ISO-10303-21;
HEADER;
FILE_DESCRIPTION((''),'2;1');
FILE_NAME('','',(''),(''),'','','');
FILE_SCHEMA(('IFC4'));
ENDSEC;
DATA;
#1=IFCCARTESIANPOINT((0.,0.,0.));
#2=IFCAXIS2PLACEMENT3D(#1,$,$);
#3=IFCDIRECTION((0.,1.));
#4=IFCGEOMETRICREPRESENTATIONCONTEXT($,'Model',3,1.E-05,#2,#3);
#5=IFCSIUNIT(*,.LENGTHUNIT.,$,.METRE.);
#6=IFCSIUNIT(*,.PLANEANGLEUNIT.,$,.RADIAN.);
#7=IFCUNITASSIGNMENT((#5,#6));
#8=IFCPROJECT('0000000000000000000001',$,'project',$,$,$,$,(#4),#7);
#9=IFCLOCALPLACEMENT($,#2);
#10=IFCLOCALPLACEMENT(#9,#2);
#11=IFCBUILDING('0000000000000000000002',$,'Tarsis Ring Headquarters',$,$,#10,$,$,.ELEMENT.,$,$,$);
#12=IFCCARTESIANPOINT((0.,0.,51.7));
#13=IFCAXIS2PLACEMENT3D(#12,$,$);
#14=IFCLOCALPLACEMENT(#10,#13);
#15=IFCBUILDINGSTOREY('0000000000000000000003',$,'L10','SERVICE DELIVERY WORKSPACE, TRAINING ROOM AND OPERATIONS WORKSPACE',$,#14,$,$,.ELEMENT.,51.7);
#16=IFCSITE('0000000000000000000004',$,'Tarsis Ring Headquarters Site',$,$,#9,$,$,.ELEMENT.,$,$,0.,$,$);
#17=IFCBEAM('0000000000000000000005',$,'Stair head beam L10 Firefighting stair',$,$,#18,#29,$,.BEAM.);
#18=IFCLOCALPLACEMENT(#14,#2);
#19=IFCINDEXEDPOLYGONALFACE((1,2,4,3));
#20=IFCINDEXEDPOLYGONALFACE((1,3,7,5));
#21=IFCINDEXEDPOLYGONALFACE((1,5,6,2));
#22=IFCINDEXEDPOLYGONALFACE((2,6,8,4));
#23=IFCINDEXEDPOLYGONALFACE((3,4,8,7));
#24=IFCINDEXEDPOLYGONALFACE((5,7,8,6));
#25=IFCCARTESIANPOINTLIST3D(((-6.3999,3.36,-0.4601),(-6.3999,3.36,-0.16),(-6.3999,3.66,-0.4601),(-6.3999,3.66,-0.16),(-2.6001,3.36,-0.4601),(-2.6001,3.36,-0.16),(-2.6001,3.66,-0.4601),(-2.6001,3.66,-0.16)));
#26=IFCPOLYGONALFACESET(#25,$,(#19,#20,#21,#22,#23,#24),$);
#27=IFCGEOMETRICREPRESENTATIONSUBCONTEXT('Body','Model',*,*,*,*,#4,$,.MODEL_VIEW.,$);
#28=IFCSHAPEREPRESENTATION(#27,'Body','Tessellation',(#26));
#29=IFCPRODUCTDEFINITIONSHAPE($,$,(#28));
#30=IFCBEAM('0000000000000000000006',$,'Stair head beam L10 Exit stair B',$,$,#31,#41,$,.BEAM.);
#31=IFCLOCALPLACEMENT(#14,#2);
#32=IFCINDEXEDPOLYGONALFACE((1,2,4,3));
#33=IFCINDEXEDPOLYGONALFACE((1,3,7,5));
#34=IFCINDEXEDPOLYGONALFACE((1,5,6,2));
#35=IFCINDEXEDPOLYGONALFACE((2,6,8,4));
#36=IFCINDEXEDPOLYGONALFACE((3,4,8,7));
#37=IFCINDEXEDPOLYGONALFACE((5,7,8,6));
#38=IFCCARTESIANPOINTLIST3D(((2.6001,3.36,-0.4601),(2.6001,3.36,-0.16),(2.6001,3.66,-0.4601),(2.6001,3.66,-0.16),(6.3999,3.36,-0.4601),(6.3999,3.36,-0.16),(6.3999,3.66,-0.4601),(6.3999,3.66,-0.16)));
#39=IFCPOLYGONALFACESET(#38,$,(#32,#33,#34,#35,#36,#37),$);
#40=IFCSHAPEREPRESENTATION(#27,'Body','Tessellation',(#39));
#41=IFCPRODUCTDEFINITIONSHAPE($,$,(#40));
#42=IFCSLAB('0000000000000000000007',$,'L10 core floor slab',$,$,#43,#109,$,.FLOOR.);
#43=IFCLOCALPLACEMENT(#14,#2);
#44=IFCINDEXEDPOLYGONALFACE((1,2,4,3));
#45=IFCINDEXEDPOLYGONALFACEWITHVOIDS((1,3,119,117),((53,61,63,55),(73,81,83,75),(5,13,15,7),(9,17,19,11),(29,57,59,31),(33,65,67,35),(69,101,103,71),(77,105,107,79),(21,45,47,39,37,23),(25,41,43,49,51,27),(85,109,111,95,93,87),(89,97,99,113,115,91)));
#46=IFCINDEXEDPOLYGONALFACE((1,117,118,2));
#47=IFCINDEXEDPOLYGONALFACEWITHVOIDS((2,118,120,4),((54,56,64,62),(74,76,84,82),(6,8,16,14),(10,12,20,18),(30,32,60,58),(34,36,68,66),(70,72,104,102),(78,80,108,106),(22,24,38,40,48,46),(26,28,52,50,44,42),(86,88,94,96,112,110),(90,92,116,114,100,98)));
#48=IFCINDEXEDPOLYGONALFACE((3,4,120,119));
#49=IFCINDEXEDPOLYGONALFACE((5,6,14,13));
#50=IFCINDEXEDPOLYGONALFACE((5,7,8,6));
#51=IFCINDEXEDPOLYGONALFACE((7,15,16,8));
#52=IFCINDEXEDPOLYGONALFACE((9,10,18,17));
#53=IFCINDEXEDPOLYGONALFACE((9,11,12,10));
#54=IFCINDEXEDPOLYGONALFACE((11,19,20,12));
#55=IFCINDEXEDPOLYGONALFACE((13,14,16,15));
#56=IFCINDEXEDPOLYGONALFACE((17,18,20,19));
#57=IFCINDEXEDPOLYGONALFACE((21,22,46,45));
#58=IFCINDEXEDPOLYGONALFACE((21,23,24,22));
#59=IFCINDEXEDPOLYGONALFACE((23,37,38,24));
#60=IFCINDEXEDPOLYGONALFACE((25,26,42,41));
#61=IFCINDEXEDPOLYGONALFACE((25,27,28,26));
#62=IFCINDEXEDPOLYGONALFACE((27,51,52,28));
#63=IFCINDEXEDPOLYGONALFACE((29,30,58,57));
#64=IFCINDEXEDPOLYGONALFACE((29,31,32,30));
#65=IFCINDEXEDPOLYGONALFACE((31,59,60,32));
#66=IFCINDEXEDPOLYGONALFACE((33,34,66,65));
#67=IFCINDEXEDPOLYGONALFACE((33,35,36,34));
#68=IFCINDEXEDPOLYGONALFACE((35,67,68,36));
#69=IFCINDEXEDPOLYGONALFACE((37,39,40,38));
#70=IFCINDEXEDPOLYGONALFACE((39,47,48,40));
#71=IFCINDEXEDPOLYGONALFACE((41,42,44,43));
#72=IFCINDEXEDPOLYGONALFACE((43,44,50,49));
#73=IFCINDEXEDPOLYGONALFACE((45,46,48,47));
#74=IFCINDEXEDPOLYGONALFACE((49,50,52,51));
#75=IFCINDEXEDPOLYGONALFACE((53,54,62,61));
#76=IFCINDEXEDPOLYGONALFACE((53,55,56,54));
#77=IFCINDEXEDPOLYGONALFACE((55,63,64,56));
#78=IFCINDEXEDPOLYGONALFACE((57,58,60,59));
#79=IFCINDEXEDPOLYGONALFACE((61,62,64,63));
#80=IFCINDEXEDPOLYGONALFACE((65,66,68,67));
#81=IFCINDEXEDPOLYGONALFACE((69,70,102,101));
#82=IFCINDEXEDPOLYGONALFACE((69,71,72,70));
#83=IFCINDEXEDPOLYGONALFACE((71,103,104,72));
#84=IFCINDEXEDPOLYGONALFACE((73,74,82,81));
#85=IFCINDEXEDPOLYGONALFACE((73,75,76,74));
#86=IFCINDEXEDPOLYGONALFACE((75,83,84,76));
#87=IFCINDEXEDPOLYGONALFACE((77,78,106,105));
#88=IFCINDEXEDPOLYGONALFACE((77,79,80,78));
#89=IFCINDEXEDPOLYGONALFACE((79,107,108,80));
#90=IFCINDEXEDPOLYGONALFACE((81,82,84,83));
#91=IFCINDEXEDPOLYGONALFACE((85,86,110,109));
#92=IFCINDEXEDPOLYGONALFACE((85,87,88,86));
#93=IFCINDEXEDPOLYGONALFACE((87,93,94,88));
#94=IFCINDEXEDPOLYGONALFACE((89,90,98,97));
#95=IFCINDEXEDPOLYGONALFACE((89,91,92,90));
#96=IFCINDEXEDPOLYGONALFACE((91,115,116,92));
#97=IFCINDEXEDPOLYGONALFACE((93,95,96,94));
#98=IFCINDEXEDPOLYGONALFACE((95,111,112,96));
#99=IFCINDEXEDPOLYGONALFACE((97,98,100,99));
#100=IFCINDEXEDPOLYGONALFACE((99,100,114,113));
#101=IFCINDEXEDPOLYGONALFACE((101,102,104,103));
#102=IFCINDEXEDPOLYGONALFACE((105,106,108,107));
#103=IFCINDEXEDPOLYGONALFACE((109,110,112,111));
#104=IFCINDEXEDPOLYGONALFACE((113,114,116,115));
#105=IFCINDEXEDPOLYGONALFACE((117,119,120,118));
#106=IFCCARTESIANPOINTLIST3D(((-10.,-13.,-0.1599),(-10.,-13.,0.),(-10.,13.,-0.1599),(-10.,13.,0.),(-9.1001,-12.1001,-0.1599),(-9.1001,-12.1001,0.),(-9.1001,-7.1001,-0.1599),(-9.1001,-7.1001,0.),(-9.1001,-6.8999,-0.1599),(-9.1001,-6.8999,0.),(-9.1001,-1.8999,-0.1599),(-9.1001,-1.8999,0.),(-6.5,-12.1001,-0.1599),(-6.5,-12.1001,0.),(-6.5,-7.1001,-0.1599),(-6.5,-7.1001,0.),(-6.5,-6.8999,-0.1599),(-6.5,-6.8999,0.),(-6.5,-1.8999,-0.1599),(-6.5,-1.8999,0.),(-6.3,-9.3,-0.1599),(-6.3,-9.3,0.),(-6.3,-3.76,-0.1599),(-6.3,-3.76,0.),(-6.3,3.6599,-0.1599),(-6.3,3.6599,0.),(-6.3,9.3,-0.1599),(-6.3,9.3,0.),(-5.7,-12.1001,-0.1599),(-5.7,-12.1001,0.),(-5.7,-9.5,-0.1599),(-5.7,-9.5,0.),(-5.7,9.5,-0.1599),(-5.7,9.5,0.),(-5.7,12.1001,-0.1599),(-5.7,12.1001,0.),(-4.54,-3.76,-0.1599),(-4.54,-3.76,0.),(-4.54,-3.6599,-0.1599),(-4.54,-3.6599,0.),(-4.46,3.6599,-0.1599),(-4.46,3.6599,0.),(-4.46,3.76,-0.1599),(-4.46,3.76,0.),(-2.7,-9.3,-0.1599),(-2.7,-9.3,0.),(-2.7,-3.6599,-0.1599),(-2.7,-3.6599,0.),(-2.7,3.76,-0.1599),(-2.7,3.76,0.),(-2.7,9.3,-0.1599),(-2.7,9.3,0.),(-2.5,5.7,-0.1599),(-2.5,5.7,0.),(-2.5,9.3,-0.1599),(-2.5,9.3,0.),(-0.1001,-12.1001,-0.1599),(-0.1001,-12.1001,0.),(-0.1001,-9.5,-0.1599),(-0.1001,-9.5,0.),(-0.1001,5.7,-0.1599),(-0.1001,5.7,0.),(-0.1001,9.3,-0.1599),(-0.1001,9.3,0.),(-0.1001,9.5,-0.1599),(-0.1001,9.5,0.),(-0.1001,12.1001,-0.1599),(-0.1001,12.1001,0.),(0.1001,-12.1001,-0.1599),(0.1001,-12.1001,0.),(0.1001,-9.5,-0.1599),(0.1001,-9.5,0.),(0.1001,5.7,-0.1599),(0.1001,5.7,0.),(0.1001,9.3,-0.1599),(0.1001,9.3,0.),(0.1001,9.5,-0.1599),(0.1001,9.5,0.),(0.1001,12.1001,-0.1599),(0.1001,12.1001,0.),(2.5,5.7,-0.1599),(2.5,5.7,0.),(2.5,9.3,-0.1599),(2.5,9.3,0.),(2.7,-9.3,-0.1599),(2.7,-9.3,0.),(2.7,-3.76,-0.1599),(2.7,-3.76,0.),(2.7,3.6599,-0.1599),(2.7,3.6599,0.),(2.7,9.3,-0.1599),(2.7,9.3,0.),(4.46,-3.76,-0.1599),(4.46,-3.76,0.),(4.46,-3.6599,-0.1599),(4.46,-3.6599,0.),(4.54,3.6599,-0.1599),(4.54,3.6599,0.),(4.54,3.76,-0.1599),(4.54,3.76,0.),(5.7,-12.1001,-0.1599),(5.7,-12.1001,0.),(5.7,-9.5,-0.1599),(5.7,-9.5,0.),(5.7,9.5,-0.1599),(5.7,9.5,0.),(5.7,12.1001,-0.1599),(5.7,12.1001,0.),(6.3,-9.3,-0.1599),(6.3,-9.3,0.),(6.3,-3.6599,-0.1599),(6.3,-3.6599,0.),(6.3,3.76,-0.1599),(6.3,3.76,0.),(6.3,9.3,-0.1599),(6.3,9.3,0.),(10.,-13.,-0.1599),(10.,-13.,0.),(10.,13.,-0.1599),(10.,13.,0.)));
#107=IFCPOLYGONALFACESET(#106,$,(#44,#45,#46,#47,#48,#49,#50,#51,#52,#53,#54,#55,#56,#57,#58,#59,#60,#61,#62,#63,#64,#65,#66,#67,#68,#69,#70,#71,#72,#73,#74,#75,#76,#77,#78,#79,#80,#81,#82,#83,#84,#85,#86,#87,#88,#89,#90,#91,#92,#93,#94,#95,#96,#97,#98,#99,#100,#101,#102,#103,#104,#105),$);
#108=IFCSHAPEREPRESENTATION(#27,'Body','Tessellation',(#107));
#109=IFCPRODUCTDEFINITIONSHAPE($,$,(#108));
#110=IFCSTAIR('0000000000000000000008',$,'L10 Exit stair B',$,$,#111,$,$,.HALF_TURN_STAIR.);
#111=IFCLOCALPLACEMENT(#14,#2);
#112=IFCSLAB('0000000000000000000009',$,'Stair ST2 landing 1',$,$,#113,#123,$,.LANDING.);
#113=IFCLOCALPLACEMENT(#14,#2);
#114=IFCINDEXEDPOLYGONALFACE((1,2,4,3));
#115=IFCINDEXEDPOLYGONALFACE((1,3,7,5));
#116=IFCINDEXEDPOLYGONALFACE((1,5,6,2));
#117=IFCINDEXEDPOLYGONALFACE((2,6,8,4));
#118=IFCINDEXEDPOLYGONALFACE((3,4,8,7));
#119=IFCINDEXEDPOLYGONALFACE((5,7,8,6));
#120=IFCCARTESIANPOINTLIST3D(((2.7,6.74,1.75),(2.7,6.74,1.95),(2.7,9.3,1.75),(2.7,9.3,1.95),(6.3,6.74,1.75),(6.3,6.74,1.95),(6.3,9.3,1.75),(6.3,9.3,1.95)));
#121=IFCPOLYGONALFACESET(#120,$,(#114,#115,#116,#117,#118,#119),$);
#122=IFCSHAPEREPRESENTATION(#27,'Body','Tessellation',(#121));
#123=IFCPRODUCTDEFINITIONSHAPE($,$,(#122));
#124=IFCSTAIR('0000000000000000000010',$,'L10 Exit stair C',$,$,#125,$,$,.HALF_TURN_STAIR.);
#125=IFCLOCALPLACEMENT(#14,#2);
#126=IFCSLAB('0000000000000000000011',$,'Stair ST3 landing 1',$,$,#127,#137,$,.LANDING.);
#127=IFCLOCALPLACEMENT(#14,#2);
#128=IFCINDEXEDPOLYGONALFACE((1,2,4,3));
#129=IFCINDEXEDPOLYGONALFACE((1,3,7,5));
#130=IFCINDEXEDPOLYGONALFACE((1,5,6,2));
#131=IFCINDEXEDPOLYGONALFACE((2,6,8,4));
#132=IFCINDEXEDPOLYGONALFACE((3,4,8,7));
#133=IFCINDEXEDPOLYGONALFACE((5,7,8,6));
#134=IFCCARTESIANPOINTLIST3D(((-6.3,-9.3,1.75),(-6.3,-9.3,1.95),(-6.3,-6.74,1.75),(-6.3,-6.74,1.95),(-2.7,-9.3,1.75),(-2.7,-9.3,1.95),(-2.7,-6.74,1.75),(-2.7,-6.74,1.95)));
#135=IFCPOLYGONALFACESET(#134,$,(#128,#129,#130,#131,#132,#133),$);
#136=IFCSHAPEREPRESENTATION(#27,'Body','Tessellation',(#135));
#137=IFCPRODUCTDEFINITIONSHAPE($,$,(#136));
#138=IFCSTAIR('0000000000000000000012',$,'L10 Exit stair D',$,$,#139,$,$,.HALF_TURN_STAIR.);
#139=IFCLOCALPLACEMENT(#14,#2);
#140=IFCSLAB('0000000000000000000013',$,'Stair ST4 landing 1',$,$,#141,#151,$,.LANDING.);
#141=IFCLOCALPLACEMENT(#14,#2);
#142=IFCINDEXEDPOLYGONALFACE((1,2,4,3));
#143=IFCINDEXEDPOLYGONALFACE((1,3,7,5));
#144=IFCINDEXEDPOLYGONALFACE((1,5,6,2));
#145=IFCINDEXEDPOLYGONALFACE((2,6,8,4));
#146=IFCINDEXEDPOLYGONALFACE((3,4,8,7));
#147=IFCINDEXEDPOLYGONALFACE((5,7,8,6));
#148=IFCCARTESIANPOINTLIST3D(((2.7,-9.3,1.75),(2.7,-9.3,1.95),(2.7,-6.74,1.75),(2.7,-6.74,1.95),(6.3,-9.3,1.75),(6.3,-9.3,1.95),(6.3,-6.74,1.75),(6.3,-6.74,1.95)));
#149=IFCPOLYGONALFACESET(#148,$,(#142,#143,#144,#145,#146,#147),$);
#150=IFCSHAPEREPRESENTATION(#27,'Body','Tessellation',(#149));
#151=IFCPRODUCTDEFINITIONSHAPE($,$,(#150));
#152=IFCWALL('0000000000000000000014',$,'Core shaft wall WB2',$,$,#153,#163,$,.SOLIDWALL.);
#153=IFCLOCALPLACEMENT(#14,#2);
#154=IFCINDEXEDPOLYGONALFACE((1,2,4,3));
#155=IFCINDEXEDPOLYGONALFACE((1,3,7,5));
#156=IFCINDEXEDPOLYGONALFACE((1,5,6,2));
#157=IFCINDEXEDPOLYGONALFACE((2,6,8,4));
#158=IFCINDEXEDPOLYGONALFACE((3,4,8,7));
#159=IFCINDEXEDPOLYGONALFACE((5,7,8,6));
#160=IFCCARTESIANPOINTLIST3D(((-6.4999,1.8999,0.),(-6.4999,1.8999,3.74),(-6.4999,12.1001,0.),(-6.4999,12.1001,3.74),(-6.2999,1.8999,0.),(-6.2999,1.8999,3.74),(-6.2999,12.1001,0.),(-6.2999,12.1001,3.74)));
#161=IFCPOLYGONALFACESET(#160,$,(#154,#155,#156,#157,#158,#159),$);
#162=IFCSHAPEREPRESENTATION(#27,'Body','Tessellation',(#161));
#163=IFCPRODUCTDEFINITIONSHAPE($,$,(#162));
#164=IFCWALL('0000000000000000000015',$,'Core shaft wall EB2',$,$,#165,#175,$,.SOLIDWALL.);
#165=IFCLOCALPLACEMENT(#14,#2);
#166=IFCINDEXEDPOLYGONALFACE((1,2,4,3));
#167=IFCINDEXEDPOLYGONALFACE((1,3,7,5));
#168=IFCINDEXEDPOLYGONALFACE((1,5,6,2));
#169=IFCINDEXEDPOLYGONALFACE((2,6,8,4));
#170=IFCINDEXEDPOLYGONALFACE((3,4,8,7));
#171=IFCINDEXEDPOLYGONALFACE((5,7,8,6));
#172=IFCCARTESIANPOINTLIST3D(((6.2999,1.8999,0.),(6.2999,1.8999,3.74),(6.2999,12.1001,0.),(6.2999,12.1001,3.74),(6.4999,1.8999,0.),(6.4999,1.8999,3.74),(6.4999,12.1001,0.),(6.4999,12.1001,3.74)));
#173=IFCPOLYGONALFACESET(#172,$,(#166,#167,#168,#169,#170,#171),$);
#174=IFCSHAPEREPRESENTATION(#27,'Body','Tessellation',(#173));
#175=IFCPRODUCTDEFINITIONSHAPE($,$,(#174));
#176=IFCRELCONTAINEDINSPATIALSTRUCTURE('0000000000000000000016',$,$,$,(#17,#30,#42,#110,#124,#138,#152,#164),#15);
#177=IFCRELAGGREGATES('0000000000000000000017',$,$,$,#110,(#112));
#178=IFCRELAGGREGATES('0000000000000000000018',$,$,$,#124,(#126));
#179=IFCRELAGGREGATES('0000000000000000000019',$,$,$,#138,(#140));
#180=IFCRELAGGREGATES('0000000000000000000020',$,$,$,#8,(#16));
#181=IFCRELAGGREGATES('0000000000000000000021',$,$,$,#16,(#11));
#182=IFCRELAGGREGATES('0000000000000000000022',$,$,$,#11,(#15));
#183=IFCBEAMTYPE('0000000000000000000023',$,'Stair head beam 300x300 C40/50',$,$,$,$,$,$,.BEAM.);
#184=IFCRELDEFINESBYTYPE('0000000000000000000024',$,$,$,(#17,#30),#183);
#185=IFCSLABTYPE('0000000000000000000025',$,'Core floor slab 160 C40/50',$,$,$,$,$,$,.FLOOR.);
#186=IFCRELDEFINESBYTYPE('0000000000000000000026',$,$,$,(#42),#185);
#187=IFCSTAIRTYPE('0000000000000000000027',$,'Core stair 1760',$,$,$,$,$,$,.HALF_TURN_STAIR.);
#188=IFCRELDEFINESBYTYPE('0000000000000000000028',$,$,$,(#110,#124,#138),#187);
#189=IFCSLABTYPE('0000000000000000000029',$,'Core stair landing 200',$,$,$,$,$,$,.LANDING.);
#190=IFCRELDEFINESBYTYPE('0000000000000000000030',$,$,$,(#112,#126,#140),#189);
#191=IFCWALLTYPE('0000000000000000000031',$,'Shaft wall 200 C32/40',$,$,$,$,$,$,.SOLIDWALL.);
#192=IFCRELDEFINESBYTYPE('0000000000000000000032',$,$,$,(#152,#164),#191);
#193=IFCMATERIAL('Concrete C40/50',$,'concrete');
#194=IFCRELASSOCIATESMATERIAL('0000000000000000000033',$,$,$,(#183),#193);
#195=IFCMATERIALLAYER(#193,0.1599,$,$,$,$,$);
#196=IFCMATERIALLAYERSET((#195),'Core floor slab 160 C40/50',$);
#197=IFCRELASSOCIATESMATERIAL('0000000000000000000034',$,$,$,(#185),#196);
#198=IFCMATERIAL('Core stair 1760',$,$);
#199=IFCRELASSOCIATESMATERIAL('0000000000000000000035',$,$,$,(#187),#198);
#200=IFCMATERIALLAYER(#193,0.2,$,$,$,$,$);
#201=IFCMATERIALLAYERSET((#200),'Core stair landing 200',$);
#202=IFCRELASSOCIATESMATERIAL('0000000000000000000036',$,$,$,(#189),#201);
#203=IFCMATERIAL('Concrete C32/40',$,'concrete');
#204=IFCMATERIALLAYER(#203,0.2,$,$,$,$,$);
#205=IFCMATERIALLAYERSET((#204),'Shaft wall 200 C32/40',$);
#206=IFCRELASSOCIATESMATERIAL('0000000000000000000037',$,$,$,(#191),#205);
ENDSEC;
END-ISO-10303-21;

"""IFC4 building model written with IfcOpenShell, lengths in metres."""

from ifc_helpers import new_model, si_unit, direction, frame, frame_2d, origin, origin_2d, place, context, subcontext, project, spatial, polyline, rectangle, outline, extrude, material, layer, layer_set, material_profile, profile_set, type_object, element, aggregate, save


model = new_model("IFC4")

# Units and contexts
model_context = context("Model", 3, precision=1e-05, world=origin(), true_north=direction((0.0, 1.0)))
body_context = subcontext(model_context, "Body", "Model", "MODEL_VIEW")
ifc_project = project(units=[si_unit("LENGTHUNIT", "METRE"), si_unit("PLANEANGLEUNIT", "RADIAN")], contexts=[model_context])

# Site, building, storey
site_placement = place(None, origin())
site = spatial("IfcSite", under=ifc_project, at=site_placement, Name="Tarsis Ring Headquarters Site", CompositionType="ELEMENT", RefElevation=0.0)
building_placement = place(site_placement, origin())
building = spatial("IfcBuilding", under=site, at=building_placement, Name="Tarsis Ring Headquarters", CompositionType="ELEMENT")
storey_placement = place(building_placement, frame((0.0, 0.0, 51.7)))
storey = spatial("IfcBuildingStorey", under=building, at=storey_placement, Name="L10", Description="SERVICE DELIVERY WORKSPACE, TRAINING ROOM AND OPERATIONS WORKSPACE", CompositionType="ELEMENT", Elevation=51.7)

# Beams
ifc_material_1 = material(Name="Concrete C40/50", Category="concrete")
ifc_material_profile = material_profile(ifc_material_1, rectangle(XDim=0.3, YDim=0.3, at=origin_2d()), Name="Stair head beam 300x300 C40/50")
ifc_profile_set = profile_set([ifc_material_profile], Name="Concrete C40/50")
beam_type = type_object("IfcBeamType", Name="Stair head beam 300x300 C40/50", PredefinedType="BEAM", material=ifc_profile_set)
for number, where, z_axis, x_axis, name in (
    (1, (-6.3999, 3.51, -0.3101), (1.0, 0.0, 0.0), (0.0, 1.0, 0.0), "Stair head beam L10 Firefighting stair"),
    (2, (2.6001, 3.51, -0.3101), (1.0, 0.0, 0.0), (0.0, 1.0, 0.0), "Stair head beam L10 Exit stair B"),
):
    element("IfcBeam", number, at=place(storey_placement, frame(where, z_axis=z_axis, x_axis=x_axis)), inside=storey, type_object=beam_type, Name=name, PredefinedType="BEAM", context=body_context, shape_type="SweptSolid", body=[
        extrude(rectangle(XDim=0.3, YDim=0.3, at=origin_2d()), origin(), (0.0, 0.0, 1.0), 3.7998),
    ])

# Slab
ifc_layer_1 = layer(ifc_material_1, 0.1599)
ifc_layer_set_1 = layer_set([ifc_layer_1], Name="Core floor slab 160 C40/50")
slab_type_1 = type_object("IfcSlabType", Name="Core floor slab 160 C40/50", PredefinedType="FLOOR", material=ifc_layer_set_1)
slab_1_placement = place(storey_placement, frame((0.0, 0.0, -0.1599)))
element("IfcSlab", 3, at=slab_1_placement, inside=storey, type_object=slab_type_1, Name="L10 core floor slab", PredefinedType="FLOOR", context=body_context, shape_type="SweptSolid", body=[
    extrude(outline(polyline([(-10.0, -13.0), (10.0, -13.0), (10.0, 13.0), (-10.0, 13.0), (-10.0, -13.0)]), holes=[polyline([(-2.5, 5.7), (-0.1001, 5.7), (-0.1001, 9.3), (-2.5, 9.3), (-2.5, 5.7)]), polyline([(0.1001, 5.7), (2.5, 5.7), (2.5, 9.3), (0.1001, 9.3), (0.1001, 5.7)]), polyline([(-9.1001, -12.1001), (-6.5, -12.1001), (-6.5, -7.1001), (-9.1001, -7.1001), (-9.1001, -12.1001)]), polyline([(-9.1001, -6.8999), (-6.5, -6.8999), (-6.5, -1.8999), (-9.1001, -1.8999), (-9.1001, -6.8999)]), polyline([(-5.7, 9.5), (-0.1001, 9.5), (-0.1001, 12.1001), (-5.7, 12.1001), (-5.7, 9.5)]), polyline([(0.1001, 9.5), (5.7, 9.5), (5.7, 12.1001), (0.1001, 12.1001), (0.1001, 9.5)]), polyline([(-5.7, -12.1001), (-0.1001, -12.1001), (-0.1001, -9.5), (-5.7, -9.5), (-5.7, -12.1001)]), polyline([(0.1001, -12.1001), (5.7, -12.1001), (5.7, -9.5), (0.1001, -9.5), (0.1001, -12.1001)]), polyline([(-2.7, 3.76), (-2.7, 9.3), (-6.3, 9.3), (-6.3, 3.6599), (-4.46, 3.6599), (-4.46, 3.76), (-2.7, 3.76)]), polyline([(6.3, 3.76), (6.3, 9.3), (2.7, 9.3), (2.7, 3.6599), (4.54, 3.6599), (4.54, 3.76), (6.3, 3.76)]), polyline([(-6.3, -3.76), (-6.3, -9.3), (-2.7, -9.3), (-2.7, -3.6599), (-4.54, -3.6599), (-4.54, -3.76), (-6.3, -3.76)]), polyline([(2.7, -3.76), (2.7, -9.3), (6.3, -9.3), (6.3, -3.6599), (4.46, -3.6599), (4.46, -3.76), (2.7, -3.76)])]), origin(), (0.0, 0.0, 1.0), 0.1599),
])

# Stairs, slabs
ifc_material_2 = material(Name="Core stair 1760")
stair_type = type_object("IfcStairType", Name="Core stair 1760", PredefinedType="HALF_TURN_STAIR", material=ifc_material_2)
stair_1_placement = place(storey_placement, origin())
stair_1 = element("IfcStair", 4, at=stair_1_placement, inside=storey, type_object=stair_type, Name="L10 Exit stair B", PredefinedType="HALF_TURN_STAIR")
ifc_layer_2 = layer(ifc_material_1, 0.2)
ifc_layer_set_2 = layer_set([ifc_layer_2], Name="Core stair landing 200")
slab_type_2 = type_object("IfcSlabType", Name="Core stair landing 200", PredefinedType="LANDING", material=ifc_layer_set_2)
slab_2_placement = place(storey_placement, frame((0.0, 0.0, 1.75)))
slab_2 = element("IfcSlab", 5, at=slab_2_placement, type_object=slab_type_2, Name="Stair ST2 landing 1", PredefinedType="LANDING", context=body_context, shape_type="SweptSolid", body=[
    extrude(outline(polyline([(6.3, 6.74), (6.3, 9.3), (2.7, 9.3), (2.7, 6.74), (6.3, 6.74)])), origin(), (0.0, 0.0, 1.0), 0.2),
])
aggregate(stair_1, [slab_2])
stair_2_placement = place(storey_placement, origin())
stair_2 = element("IfcStair", 6, at=stair_2_placement, inside=storey, type_object=stair_type, Name="L10 Exit stair C", PredefinedType="HALF_TURN_STAIR")
slab_3_placement = place(storey_placement, frame((0.0, 0.0, 1.75)))
slab_3 = element("IfcSlab", 7, at=slab_3_placement, type_object=slab_type_2, Name="Stair ST3 landing 1", PredefinedType="LANDING", context=body_context, shape_type="SweptSolid", body=[
    extrude(outline(polyline([(-6.3, -6.74), (-6.3, -9.3), (-2.7, -9.3), (-2.7, -6.74), (-6.3, -6.74)])), origin(), (0.0, 0.0, 1.0), 0.2),
])
aggregate(stair_2, [slab_3])
stair_3_placement = place(storey_placement, origin())
stair_3 = element("IfcStair", 8, at=stair_3_placement, inside=storey, type_object=stair_type, Name="L10 Exit stair D", PredefinedType="HALF_TURN_STAIR")
slab_4_placement = place(storey_placement, frame((0.0, 0.0, 1.75)))
slab_4 = element("IfcSlab", 9, at=slab_4_placement, type_object=slab_type_2, Name="Stair ST4 landing 1", PredefinedType="LANDING", context=body_context, shape_type="SweptSolid", body=[
    extrude(outline(polyline([(2.7, -6.74), (2.7, -9.3), (6.3, -9.3), (6.3, -6.74), (2.7, -6.74)])), origin(), (0.0, 0.0, 1.0), 0.2),
])
aggregate(stair_3, [slab_4])

# Walls
ifc_material_3 = material(Name="Concrete C32/40", Category="concrete")
ifc_layer_3 = layer(ifc_material_3, 0.2)
ifc_layer_set_3 = layer_set([ifc_layer_3], Name="Shaft wall 200 C32/40")
wall_type = type_object("IfcWallType", Name="Shaft wall 200 C32/40", PredefinedType="SOLIDWALL", material=ifc_layer_set_3)
for number, where, z_axis, x_axis, name in (
    (10, (-6.3999, 1.8999, 0.0), (0.0, 0.0, 1.0), (0.0, 1.0, 0.0), "Core shaft wall WB2"),
    (11, (6.3999, 1.8999, 0.0), (0.0, 0.0, 1.0), (0.0, 1.0, 0.0), "Core shaft wall EB2"),
):
    element("IfcWall", number, at=place(storey_placement, frame(where, z_axis=z_axis, x_axis=x_axis)), inside=storey, type_object=wall_type, Name=name, PredefinedType="SOLIDWALL", context=body_context, shape_type="SweptSolid", body=[
        extrude(rectangle(XDim=10.2002, YDim=0.2, at=frame_2d((5.1001, 0.0))), origin(), (0.0, 0.0, 1.0), 3.74),
    ])

save(model, "model.ifc")
